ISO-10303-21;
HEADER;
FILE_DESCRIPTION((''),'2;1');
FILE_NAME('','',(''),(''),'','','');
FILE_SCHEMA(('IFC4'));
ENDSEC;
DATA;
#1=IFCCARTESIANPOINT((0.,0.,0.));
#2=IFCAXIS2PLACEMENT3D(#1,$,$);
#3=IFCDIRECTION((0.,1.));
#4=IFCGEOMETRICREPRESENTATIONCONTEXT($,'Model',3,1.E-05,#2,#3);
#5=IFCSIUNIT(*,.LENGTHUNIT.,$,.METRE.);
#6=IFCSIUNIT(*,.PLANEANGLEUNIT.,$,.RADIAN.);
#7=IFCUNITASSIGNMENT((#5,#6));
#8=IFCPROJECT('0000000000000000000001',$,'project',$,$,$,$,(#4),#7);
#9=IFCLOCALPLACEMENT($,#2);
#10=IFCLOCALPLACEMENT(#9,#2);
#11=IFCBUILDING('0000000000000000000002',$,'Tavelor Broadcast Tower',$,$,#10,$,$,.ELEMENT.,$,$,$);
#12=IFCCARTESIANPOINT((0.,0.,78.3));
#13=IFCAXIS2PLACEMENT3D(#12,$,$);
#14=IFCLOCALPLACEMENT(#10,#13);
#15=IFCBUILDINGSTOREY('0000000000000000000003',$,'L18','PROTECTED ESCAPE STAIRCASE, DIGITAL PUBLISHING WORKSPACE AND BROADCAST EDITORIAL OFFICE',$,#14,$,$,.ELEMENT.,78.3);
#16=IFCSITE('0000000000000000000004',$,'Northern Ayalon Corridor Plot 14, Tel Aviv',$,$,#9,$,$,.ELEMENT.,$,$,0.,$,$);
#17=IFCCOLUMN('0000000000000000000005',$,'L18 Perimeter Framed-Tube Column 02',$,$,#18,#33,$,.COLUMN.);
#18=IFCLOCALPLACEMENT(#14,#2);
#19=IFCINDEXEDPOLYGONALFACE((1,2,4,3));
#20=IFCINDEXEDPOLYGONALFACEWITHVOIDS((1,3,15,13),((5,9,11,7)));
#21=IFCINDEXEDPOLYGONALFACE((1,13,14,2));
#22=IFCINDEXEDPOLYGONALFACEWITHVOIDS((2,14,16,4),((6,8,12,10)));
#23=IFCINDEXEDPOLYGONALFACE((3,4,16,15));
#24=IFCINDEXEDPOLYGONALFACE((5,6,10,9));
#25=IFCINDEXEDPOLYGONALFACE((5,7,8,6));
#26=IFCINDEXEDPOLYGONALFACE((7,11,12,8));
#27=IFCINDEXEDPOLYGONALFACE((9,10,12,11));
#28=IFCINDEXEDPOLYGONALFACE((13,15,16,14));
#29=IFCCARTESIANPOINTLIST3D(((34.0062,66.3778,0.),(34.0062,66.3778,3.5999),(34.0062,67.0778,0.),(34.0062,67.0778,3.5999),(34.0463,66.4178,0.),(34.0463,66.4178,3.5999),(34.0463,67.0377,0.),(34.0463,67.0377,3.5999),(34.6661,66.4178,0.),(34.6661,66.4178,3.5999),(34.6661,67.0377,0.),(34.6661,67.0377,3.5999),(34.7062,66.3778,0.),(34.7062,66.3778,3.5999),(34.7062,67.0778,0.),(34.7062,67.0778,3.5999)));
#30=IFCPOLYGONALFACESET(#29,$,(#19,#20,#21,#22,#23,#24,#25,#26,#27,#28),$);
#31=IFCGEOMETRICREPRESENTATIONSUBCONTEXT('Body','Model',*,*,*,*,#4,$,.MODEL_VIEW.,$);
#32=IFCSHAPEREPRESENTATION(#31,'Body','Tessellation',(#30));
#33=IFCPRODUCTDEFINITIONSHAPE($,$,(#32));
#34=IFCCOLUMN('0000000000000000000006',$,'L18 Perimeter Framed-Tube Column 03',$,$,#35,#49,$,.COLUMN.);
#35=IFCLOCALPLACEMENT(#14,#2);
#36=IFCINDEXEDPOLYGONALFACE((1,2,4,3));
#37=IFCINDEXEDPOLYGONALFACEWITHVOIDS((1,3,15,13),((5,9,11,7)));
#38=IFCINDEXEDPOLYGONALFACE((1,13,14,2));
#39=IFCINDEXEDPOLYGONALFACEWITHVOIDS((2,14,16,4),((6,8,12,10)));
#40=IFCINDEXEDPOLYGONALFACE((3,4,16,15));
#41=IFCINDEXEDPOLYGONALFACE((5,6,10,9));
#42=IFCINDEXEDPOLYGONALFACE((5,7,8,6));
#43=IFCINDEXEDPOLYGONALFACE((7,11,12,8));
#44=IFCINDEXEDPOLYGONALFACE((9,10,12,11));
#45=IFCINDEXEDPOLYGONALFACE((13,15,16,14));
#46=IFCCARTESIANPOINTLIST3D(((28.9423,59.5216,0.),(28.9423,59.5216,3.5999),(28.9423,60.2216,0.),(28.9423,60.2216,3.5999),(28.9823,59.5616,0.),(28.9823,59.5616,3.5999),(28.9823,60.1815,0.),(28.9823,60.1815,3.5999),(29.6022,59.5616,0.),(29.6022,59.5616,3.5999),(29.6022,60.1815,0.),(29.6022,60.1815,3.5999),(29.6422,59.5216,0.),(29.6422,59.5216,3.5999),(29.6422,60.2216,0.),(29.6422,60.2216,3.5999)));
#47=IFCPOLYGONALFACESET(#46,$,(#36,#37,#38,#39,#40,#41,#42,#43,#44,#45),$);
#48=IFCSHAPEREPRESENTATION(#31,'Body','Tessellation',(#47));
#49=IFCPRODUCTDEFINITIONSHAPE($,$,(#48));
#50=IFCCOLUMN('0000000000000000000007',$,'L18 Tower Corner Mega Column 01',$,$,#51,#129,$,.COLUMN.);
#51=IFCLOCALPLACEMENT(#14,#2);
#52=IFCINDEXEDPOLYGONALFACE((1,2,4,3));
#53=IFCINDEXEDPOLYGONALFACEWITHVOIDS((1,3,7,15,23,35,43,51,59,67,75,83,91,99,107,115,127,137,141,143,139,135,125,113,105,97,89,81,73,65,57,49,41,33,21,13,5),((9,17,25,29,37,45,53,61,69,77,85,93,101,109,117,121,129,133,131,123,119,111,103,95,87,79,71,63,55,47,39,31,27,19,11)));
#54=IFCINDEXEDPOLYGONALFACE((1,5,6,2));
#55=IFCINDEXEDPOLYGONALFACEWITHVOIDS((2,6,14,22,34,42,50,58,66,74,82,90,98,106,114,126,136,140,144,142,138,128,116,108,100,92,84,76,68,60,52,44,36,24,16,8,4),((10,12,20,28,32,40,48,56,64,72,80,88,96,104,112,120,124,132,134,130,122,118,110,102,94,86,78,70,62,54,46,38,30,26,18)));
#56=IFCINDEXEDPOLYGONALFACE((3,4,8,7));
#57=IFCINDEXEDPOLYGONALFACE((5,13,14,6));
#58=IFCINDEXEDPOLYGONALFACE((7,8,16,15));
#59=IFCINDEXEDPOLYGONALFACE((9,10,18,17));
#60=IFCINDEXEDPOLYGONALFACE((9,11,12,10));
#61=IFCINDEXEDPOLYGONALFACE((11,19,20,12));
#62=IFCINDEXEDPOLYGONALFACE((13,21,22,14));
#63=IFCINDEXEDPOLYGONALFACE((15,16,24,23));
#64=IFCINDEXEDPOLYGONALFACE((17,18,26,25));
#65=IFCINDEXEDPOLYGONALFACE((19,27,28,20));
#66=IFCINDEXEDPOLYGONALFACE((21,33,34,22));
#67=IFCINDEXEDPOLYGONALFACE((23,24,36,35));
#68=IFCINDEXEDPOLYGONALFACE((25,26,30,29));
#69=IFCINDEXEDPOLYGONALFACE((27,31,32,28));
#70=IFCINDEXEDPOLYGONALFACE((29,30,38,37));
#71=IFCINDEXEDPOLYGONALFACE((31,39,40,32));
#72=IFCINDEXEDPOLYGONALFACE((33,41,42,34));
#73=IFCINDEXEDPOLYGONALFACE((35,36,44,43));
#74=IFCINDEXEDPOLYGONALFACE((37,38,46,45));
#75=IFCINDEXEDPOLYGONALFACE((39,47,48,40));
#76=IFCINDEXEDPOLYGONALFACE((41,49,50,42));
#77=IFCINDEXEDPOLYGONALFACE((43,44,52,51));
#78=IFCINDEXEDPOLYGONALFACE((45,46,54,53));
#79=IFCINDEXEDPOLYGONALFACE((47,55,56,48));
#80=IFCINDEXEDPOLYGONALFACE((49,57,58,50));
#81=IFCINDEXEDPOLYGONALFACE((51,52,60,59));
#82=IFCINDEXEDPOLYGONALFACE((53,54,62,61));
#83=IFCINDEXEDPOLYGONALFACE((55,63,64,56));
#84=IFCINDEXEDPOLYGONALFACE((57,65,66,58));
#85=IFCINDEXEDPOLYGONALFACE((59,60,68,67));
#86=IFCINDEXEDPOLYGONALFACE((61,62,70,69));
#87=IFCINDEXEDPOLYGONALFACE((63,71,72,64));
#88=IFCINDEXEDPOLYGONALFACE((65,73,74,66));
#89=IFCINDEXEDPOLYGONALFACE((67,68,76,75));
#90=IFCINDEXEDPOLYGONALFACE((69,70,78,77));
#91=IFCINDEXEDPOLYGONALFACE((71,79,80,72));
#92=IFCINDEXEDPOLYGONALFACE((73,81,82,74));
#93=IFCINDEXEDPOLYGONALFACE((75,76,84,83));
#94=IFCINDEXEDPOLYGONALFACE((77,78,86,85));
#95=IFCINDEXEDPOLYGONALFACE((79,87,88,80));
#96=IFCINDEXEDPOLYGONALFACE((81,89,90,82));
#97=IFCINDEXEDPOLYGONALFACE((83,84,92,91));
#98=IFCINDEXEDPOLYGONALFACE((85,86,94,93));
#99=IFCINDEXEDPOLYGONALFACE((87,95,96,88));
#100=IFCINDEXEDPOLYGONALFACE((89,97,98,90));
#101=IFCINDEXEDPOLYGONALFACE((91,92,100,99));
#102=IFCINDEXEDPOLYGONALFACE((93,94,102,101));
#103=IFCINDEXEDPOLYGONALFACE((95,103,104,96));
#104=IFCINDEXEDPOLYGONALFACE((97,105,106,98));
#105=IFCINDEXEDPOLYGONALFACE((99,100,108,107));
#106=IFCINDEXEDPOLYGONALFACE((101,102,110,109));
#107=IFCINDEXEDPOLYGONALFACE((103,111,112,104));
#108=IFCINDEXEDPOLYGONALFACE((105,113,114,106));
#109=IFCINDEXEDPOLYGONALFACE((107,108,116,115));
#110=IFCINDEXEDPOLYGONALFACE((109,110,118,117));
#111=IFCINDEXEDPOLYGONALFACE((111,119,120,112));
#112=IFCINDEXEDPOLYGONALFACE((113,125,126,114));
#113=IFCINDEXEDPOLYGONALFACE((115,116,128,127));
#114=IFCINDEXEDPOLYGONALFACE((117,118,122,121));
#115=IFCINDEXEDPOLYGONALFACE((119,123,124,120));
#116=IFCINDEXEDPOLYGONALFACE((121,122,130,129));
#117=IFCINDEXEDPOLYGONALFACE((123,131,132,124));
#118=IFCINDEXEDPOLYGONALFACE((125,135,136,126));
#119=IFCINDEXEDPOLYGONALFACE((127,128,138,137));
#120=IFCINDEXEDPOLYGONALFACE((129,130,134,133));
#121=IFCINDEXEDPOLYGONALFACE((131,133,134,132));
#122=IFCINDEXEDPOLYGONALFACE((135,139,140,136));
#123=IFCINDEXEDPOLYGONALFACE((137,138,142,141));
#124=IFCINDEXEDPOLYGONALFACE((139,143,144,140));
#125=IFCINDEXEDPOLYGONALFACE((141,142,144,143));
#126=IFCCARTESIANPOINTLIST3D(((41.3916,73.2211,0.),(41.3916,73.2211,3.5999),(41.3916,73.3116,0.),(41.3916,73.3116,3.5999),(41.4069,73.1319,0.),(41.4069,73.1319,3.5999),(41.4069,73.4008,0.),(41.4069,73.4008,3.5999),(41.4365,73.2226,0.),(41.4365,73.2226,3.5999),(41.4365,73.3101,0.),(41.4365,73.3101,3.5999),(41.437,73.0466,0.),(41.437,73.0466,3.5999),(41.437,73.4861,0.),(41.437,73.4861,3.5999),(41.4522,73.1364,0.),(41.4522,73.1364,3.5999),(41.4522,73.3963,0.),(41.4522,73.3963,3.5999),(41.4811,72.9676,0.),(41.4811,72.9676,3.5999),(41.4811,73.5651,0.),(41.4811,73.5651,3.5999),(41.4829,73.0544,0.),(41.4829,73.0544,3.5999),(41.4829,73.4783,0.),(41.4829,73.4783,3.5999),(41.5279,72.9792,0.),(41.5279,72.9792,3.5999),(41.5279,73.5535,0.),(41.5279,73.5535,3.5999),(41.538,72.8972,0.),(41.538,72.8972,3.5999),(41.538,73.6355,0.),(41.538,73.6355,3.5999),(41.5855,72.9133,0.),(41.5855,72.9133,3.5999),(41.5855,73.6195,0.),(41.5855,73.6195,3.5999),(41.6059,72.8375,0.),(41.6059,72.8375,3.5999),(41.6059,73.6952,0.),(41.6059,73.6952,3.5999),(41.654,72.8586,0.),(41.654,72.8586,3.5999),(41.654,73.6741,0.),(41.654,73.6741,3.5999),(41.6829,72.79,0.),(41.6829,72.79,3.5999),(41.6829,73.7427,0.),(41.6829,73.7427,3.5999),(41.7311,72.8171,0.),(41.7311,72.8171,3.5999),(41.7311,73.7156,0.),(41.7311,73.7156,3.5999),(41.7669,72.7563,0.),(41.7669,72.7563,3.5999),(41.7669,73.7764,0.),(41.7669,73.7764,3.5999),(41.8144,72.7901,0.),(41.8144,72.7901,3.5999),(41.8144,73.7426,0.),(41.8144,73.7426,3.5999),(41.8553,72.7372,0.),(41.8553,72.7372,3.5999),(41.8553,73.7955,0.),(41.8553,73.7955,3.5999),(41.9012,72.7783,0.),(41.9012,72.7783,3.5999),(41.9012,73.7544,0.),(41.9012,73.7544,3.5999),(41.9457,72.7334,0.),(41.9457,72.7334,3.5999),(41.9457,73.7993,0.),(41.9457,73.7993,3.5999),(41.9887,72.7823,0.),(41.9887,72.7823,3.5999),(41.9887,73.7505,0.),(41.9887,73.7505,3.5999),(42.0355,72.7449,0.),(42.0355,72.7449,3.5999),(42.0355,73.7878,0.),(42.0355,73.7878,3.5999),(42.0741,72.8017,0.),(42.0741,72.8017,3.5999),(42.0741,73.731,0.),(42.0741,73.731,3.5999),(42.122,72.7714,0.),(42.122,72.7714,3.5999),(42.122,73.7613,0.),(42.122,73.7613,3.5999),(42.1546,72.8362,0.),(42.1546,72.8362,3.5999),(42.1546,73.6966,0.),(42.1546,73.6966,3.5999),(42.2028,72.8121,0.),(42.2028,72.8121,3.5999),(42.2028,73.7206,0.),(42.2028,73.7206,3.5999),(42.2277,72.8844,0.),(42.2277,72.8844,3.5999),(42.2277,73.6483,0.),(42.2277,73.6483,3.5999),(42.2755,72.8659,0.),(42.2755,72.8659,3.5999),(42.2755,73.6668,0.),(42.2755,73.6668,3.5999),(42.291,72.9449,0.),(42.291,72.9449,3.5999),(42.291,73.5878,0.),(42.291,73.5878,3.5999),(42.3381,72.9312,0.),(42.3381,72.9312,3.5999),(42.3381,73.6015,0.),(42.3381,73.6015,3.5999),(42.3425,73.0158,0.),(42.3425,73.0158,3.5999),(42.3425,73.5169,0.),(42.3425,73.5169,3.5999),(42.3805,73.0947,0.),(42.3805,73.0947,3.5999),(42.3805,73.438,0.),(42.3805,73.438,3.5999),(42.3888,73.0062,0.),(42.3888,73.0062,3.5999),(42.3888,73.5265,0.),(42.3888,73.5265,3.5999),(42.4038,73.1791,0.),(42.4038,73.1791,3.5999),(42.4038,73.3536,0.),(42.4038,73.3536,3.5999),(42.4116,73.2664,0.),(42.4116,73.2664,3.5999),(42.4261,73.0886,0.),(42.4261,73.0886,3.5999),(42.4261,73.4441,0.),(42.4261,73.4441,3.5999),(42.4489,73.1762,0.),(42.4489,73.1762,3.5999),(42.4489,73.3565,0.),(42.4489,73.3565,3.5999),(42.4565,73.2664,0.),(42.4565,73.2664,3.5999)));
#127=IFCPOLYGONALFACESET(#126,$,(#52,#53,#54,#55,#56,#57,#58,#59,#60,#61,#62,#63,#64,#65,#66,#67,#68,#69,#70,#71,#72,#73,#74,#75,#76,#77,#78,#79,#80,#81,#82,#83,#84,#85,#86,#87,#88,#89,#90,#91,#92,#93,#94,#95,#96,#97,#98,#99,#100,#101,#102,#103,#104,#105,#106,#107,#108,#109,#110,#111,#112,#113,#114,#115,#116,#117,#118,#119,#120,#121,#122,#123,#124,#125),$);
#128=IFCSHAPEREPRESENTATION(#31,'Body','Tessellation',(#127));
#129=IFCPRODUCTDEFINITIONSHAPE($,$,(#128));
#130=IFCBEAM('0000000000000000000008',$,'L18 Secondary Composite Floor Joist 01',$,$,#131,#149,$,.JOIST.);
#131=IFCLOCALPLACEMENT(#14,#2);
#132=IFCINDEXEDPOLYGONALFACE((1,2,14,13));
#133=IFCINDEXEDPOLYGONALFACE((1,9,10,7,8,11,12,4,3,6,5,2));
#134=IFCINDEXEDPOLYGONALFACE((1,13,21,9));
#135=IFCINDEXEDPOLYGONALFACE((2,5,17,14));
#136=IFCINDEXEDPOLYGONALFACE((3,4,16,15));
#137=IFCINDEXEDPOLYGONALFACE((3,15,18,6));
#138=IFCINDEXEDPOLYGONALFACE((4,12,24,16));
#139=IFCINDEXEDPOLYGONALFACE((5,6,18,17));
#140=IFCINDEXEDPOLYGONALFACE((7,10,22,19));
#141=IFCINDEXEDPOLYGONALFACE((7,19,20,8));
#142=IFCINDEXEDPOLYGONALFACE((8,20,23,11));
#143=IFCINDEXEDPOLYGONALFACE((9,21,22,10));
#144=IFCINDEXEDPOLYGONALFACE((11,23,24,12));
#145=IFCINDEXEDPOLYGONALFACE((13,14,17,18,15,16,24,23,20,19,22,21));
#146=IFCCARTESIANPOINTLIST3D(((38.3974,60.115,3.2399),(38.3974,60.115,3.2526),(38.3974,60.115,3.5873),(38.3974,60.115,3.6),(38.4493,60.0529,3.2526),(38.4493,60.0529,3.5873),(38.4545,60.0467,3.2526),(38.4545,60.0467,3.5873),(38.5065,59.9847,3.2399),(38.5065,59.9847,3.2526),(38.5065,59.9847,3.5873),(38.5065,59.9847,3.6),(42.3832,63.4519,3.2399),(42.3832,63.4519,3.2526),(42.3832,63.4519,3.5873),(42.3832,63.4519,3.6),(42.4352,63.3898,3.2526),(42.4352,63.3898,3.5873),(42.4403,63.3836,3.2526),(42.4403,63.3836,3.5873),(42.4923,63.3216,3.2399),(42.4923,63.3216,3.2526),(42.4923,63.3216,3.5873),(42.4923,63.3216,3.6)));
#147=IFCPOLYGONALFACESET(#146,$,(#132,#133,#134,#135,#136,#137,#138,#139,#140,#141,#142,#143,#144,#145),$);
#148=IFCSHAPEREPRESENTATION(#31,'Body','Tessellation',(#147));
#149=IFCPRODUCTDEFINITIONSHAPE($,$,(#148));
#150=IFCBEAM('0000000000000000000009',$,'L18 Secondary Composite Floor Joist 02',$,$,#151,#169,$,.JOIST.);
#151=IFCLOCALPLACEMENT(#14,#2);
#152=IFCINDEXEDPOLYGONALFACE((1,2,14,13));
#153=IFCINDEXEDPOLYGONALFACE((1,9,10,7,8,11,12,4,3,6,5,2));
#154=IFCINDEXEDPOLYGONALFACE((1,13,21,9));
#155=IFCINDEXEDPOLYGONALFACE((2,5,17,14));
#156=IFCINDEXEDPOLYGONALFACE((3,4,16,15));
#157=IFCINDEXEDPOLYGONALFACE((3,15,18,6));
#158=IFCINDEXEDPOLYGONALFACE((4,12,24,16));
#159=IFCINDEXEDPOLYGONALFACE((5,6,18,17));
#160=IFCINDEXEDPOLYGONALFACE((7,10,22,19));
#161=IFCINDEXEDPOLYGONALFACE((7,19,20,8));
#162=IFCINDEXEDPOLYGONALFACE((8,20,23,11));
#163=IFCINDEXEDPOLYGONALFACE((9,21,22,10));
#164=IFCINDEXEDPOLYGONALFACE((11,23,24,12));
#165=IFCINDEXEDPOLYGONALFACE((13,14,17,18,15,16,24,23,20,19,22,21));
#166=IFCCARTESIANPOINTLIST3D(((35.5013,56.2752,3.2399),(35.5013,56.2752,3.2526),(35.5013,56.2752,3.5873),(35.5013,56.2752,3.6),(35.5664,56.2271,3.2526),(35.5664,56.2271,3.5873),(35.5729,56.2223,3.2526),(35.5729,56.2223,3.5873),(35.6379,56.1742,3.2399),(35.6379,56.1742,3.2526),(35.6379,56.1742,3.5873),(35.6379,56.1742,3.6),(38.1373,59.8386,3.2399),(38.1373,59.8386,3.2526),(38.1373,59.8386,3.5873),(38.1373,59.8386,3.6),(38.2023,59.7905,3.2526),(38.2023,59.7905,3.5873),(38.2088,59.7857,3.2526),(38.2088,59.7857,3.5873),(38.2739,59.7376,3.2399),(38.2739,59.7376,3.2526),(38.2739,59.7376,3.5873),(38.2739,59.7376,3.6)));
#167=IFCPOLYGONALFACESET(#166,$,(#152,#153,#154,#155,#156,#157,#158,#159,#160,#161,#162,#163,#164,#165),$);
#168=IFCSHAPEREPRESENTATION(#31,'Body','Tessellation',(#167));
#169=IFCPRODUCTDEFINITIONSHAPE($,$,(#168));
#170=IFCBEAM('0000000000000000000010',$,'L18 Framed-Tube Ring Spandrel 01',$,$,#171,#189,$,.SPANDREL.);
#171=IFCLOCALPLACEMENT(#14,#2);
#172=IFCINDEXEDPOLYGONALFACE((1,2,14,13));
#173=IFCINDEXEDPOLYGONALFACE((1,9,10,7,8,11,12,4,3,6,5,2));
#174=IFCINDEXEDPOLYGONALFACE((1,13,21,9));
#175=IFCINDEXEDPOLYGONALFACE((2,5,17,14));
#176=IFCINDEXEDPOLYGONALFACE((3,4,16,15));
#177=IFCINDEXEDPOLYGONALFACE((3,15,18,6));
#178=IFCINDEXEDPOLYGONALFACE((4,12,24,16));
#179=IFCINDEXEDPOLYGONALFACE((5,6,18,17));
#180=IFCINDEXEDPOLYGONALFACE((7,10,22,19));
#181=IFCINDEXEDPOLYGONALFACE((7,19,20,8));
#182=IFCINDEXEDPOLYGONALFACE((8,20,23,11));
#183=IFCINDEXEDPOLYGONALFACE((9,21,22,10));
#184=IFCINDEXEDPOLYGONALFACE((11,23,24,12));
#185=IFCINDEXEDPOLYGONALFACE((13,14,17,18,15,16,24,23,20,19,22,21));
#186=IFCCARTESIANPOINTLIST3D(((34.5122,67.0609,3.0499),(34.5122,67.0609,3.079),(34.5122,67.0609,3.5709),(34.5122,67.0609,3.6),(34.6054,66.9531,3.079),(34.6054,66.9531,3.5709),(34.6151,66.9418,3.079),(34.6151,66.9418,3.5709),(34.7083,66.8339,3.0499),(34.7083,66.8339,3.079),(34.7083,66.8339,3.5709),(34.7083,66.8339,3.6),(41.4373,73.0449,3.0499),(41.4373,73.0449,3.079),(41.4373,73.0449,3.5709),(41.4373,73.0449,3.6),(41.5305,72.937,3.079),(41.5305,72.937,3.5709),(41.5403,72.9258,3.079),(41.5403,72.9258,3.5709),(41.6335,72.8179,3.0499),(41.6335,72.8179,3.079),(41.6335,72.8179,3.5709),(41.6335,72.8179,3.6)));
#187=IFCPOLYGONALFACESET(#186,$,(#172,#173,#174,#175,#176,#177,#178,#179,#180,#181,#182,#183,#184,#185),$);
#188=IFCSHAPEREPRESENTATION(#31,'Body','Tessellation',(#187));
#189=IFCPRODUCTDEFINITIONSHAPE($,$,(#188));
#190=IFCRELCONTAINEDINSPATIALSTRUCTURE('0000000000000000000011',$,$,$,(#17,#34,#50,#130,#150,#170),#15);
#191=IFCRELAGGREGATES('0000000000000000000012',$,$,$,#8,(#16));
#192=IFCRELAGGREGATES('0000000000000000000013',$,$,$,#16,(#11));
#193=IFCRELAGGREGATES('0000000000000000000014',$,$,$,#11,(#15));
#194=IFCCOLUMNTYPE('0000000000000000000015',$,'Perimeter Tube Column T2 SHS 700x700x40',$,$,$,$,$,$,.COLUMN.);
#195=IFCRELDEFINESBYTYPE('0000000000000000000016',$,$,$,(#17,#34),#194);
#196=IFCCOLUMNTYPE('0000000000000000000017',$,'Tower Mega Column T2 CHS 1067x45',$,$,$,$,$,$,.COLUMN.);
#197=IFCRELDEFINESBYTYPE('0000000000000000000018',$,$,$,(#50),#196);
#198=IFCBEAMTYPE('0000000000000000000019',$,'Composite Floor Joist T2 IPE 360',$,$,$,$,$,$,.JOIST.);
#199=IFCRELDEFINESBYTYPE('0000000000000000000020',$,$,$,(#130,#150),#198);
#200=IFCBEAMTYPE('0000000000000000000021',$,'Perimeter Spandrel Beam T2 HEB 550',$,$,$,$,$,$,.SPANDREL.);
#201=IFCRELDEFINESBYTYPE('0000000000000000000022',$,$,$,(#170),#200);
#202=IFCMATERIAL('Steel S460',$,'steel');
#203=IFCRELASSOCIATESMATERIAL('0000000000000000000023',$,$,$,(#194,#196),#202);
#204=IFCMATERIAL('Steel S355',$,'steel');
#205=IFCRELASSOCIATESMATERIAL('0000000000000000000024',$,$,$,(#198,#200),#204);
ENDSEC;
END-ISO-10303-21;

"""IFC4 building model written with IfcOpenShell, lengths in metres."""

from ifc_helpers import new_model, si_unit, direction, frame, origin, origin_2d, place, context, subcontext, project, spatial, hollow_rectangle, hollow_circle, i_section, extrude, material, material_profile, profile_set, type_object, element, save


model = new_model("IFC4")

# Units and contexts
model_context = context("Model", 3, precision=1e-05, world=origin(), true_north=direction((0.0, 1.0)))
body_context = subcontext(model_context, "Body", "Model", "MODEL_VIEW")
ifc_project = project(units=[si_unit("LENGTHUNIT", "METRE"), si_unit("PLANEANGLEUNIT", "RADIAN")], contexts=[model_context])

# Site, building, storey
site_placement = place(None, origin())
site = spatial("IfcSite", under=ifc_project, at=site_placement, Name="Northern Ayalon Corridor Plot 14, Tel Aviv", CompositionType="ELEMENT", RefElevation=0.0)
building_placement = place(site_placement, origin())
building = spatial("IfcBuilding", under=site, at=building_placement, Name="Tavelor Broadcast Tower", CompositionType="ELEMENT")
storey_placement = place(building_placement, frame((0.0, 0.0, 78.3)))
storey = spatial("IfcBuildingStorey", under=building, at=storey_placement, Name="L18", Description="PROTECTED ESCAPE STAIRCASE, DIGITAL PUBLISHING WORKSPACE AND BROADCAST EDITORIAL OFFICE", CompositionType="ELEMENT", Elevation=78.3)

# Columns
ifc_material_1 = material(Name="Steel S460", Category="steel")
ifc_material_profile_1 = material_profile(ifc_material_1, hollow_rectangle(XDim=0.7, YDim=0.7, WallThickness=0.04, at=origin_2d()), Name="SHS 700x700x40")
ifc_profile_set_1 = profile_set([ifc_material_profile_1], Name="Steel S460")
column_type_1 = type_object("IfcColumnType", Name="Perimeter Tube Column T2 SHS 700x700x40", PredefinedType="COLUMN", material=ifc_profile_set_1)
for number, where, z_axis, x_axis, name in (
    (1, (34.3562, 66.7278, 0.0), (0.0, 0.0, 1.0), (1.0, 0.0, 0.0), "L18 Perimeter Framed-Tube Column 02"),
    (2, (29.2922, 59.8716, 0.0), (0.0, 0.0, 1.0), (1.0, 0.0, 0.0), "L18 Perimeter Framed-Tube Column 03"),
):
    element("IfcColumn", number, at=place(storey_placement, frame(where, z_axis=z_axis, x_axis=x_axis)), inside=storey, type_object=column_type_1, Name=name, PredefinedType="COLUMN", context=body_context, shape_type="SweptSolid", body=[
        extrude(hollow_rectangle(XDim=0.7, YDim=0.7, WallThickness=0.04, at=origin_2d()), origin(), (0.0, 0.0, 1.0), 3.5999),
    ])
ifc_material_profile_2 = material_profile(ifc_material_1, hollow_circle(Radius=0.5334, WallThickness=0.0449, at=origin_2d()), Name="CHS 1067x45")
ifc_profile_set_2 = profile_set([ifc_material_profile_2], Name="Steel S460")
column_type_2 = type_object("IfcColumnType", Name="Tower Mega Column T2 CHS 1067x45", PredefinedType="COLUMN", material=ifc_profile_set_2)
column_placement = place(storey_placement, frame((41.9231, 73.2664, 0.0), z_axis=(0.0, 0.0, 1.0), x_axis=(1.0, 0.0, 0.0)))
element("IfcColumn", 3, at=column_placement, inside=storey, type_object=column_type_2, Name="L18 Tower Corner Mega Column 01", PredefinedType="COLUMN", context=body_context, shape_type="SweptSolid", body=[
    extrude(hollow_circle(Radius=0.5334, WallThickness=0.0449, at=origin_2d()), origin(), (0.0, 0.0, 1.0), 3.5999),
])

# Beams
ifc_material_2 = material(Name="Steel S355", Category="steel")
ifc_material_profile_3 = material_profile(ifc_material_2, i_section(OverallWidth=0.1699, OverallDepth=0.3601, WebThickness=0.0081, FlangeThickness=0.0127, at=origin_2d()), Name="IPE 360")
ifc_profile_set_3 = profile_set([ifc_material_profile_3], Name="Steel S355")
beam_type_1 = type_object("IfcBeamType", Name="Composite Floor Joist T2 IPE 360", PredefinedType="JOIST", material=ifc_profile_set_3)
beam_1_placement = place(storey_placement, frame((42.4377, 63.3867, 3.4199), z_axis=(-0.766764, -0.641929, 0.0), x_axis=(0.641929, -0.766764, 0.0)))
element("IfcBeam", 4, at=beam_1_placement, inside=storey, type_object=beam_type_1, Name="L18 Secondary Composite Floor Joist 01", PredefinedType="JOIST", context=body_context, shape_type="SweptSolid", body=[
    extrude(i_section(OverallWidth=0.1699, OverallDepth=0.3601, WebThickness=0.0081, FlangeThickness=0.0127, at=origin_2d()), origin(), (0.0, 0.0, 1.0), 5.1982),
])
beam_2_placement = place(storey_placement, frame((38.2056, 59.7881, 3.4199), z_axis=(-0.594699, -0.803948, 0.0), x_axis=(0.803948, -0.594699, 0.0)))
element("IfcBeam", 5, at=beam_2_placement, inside=storey, type_object=beam_type_1, Name="L18 Secondary Composite Floor Joist 02", PredefinedType="JOIST", context=body_context, shape_type="SweptSolid", body=[
    extrude(i_section(OverallWidth=0.1699, OverallDepth=0.3601, WebThickness=0.0081, FlangeThickness=0.0127, at=origin_2d()), origin(), (0.0, 0.0, 1.0), 4.4324),
])
ifc_material_profile_4 = material_profile(ifc_material_2, i_section(OverallWidth=0.3, OverallDepth=0.55, WebThickness=0.0149, FlangeThickness=0.0291, at=origin_2d()), Name="HEB 550")
ifc_profile_set_4 = profile_set([ifc_material_profile_4], Name="Steel S355")
beam_type_2 = type_object("IfcBeamType", Name="Perimeter Spandrel Beam T2 HEB 550", PredefinedType="SPANDREL", material=ifc_profile_set_4)
beam_3_placement = place(storey_placement, frame((41.5354, 72.9314, 3.325), z_axis=(-0.756652, -0.653818, 0.0), x_axis=(0.653818, -0.756652, 0.0)))
element("IfcBeam", 6, at=beam_3_placement, inside=storey, type_object=beam_type_2, Name="L18 Framed-Tube Ring Spandrel 01", PredefinedType="SPANDREL", context=body_context, shape_type="SweptSolid", body=[
    extrude(i_section(OverallWidth=0.3, OverallDepth=0.55, WebThickness=0.0149, FlangeThickness=0.0291, at=origin_2d()), origin(), (0.0, 0.0, 1.0), 9.1523),
])

save(model, "model.ifc")
